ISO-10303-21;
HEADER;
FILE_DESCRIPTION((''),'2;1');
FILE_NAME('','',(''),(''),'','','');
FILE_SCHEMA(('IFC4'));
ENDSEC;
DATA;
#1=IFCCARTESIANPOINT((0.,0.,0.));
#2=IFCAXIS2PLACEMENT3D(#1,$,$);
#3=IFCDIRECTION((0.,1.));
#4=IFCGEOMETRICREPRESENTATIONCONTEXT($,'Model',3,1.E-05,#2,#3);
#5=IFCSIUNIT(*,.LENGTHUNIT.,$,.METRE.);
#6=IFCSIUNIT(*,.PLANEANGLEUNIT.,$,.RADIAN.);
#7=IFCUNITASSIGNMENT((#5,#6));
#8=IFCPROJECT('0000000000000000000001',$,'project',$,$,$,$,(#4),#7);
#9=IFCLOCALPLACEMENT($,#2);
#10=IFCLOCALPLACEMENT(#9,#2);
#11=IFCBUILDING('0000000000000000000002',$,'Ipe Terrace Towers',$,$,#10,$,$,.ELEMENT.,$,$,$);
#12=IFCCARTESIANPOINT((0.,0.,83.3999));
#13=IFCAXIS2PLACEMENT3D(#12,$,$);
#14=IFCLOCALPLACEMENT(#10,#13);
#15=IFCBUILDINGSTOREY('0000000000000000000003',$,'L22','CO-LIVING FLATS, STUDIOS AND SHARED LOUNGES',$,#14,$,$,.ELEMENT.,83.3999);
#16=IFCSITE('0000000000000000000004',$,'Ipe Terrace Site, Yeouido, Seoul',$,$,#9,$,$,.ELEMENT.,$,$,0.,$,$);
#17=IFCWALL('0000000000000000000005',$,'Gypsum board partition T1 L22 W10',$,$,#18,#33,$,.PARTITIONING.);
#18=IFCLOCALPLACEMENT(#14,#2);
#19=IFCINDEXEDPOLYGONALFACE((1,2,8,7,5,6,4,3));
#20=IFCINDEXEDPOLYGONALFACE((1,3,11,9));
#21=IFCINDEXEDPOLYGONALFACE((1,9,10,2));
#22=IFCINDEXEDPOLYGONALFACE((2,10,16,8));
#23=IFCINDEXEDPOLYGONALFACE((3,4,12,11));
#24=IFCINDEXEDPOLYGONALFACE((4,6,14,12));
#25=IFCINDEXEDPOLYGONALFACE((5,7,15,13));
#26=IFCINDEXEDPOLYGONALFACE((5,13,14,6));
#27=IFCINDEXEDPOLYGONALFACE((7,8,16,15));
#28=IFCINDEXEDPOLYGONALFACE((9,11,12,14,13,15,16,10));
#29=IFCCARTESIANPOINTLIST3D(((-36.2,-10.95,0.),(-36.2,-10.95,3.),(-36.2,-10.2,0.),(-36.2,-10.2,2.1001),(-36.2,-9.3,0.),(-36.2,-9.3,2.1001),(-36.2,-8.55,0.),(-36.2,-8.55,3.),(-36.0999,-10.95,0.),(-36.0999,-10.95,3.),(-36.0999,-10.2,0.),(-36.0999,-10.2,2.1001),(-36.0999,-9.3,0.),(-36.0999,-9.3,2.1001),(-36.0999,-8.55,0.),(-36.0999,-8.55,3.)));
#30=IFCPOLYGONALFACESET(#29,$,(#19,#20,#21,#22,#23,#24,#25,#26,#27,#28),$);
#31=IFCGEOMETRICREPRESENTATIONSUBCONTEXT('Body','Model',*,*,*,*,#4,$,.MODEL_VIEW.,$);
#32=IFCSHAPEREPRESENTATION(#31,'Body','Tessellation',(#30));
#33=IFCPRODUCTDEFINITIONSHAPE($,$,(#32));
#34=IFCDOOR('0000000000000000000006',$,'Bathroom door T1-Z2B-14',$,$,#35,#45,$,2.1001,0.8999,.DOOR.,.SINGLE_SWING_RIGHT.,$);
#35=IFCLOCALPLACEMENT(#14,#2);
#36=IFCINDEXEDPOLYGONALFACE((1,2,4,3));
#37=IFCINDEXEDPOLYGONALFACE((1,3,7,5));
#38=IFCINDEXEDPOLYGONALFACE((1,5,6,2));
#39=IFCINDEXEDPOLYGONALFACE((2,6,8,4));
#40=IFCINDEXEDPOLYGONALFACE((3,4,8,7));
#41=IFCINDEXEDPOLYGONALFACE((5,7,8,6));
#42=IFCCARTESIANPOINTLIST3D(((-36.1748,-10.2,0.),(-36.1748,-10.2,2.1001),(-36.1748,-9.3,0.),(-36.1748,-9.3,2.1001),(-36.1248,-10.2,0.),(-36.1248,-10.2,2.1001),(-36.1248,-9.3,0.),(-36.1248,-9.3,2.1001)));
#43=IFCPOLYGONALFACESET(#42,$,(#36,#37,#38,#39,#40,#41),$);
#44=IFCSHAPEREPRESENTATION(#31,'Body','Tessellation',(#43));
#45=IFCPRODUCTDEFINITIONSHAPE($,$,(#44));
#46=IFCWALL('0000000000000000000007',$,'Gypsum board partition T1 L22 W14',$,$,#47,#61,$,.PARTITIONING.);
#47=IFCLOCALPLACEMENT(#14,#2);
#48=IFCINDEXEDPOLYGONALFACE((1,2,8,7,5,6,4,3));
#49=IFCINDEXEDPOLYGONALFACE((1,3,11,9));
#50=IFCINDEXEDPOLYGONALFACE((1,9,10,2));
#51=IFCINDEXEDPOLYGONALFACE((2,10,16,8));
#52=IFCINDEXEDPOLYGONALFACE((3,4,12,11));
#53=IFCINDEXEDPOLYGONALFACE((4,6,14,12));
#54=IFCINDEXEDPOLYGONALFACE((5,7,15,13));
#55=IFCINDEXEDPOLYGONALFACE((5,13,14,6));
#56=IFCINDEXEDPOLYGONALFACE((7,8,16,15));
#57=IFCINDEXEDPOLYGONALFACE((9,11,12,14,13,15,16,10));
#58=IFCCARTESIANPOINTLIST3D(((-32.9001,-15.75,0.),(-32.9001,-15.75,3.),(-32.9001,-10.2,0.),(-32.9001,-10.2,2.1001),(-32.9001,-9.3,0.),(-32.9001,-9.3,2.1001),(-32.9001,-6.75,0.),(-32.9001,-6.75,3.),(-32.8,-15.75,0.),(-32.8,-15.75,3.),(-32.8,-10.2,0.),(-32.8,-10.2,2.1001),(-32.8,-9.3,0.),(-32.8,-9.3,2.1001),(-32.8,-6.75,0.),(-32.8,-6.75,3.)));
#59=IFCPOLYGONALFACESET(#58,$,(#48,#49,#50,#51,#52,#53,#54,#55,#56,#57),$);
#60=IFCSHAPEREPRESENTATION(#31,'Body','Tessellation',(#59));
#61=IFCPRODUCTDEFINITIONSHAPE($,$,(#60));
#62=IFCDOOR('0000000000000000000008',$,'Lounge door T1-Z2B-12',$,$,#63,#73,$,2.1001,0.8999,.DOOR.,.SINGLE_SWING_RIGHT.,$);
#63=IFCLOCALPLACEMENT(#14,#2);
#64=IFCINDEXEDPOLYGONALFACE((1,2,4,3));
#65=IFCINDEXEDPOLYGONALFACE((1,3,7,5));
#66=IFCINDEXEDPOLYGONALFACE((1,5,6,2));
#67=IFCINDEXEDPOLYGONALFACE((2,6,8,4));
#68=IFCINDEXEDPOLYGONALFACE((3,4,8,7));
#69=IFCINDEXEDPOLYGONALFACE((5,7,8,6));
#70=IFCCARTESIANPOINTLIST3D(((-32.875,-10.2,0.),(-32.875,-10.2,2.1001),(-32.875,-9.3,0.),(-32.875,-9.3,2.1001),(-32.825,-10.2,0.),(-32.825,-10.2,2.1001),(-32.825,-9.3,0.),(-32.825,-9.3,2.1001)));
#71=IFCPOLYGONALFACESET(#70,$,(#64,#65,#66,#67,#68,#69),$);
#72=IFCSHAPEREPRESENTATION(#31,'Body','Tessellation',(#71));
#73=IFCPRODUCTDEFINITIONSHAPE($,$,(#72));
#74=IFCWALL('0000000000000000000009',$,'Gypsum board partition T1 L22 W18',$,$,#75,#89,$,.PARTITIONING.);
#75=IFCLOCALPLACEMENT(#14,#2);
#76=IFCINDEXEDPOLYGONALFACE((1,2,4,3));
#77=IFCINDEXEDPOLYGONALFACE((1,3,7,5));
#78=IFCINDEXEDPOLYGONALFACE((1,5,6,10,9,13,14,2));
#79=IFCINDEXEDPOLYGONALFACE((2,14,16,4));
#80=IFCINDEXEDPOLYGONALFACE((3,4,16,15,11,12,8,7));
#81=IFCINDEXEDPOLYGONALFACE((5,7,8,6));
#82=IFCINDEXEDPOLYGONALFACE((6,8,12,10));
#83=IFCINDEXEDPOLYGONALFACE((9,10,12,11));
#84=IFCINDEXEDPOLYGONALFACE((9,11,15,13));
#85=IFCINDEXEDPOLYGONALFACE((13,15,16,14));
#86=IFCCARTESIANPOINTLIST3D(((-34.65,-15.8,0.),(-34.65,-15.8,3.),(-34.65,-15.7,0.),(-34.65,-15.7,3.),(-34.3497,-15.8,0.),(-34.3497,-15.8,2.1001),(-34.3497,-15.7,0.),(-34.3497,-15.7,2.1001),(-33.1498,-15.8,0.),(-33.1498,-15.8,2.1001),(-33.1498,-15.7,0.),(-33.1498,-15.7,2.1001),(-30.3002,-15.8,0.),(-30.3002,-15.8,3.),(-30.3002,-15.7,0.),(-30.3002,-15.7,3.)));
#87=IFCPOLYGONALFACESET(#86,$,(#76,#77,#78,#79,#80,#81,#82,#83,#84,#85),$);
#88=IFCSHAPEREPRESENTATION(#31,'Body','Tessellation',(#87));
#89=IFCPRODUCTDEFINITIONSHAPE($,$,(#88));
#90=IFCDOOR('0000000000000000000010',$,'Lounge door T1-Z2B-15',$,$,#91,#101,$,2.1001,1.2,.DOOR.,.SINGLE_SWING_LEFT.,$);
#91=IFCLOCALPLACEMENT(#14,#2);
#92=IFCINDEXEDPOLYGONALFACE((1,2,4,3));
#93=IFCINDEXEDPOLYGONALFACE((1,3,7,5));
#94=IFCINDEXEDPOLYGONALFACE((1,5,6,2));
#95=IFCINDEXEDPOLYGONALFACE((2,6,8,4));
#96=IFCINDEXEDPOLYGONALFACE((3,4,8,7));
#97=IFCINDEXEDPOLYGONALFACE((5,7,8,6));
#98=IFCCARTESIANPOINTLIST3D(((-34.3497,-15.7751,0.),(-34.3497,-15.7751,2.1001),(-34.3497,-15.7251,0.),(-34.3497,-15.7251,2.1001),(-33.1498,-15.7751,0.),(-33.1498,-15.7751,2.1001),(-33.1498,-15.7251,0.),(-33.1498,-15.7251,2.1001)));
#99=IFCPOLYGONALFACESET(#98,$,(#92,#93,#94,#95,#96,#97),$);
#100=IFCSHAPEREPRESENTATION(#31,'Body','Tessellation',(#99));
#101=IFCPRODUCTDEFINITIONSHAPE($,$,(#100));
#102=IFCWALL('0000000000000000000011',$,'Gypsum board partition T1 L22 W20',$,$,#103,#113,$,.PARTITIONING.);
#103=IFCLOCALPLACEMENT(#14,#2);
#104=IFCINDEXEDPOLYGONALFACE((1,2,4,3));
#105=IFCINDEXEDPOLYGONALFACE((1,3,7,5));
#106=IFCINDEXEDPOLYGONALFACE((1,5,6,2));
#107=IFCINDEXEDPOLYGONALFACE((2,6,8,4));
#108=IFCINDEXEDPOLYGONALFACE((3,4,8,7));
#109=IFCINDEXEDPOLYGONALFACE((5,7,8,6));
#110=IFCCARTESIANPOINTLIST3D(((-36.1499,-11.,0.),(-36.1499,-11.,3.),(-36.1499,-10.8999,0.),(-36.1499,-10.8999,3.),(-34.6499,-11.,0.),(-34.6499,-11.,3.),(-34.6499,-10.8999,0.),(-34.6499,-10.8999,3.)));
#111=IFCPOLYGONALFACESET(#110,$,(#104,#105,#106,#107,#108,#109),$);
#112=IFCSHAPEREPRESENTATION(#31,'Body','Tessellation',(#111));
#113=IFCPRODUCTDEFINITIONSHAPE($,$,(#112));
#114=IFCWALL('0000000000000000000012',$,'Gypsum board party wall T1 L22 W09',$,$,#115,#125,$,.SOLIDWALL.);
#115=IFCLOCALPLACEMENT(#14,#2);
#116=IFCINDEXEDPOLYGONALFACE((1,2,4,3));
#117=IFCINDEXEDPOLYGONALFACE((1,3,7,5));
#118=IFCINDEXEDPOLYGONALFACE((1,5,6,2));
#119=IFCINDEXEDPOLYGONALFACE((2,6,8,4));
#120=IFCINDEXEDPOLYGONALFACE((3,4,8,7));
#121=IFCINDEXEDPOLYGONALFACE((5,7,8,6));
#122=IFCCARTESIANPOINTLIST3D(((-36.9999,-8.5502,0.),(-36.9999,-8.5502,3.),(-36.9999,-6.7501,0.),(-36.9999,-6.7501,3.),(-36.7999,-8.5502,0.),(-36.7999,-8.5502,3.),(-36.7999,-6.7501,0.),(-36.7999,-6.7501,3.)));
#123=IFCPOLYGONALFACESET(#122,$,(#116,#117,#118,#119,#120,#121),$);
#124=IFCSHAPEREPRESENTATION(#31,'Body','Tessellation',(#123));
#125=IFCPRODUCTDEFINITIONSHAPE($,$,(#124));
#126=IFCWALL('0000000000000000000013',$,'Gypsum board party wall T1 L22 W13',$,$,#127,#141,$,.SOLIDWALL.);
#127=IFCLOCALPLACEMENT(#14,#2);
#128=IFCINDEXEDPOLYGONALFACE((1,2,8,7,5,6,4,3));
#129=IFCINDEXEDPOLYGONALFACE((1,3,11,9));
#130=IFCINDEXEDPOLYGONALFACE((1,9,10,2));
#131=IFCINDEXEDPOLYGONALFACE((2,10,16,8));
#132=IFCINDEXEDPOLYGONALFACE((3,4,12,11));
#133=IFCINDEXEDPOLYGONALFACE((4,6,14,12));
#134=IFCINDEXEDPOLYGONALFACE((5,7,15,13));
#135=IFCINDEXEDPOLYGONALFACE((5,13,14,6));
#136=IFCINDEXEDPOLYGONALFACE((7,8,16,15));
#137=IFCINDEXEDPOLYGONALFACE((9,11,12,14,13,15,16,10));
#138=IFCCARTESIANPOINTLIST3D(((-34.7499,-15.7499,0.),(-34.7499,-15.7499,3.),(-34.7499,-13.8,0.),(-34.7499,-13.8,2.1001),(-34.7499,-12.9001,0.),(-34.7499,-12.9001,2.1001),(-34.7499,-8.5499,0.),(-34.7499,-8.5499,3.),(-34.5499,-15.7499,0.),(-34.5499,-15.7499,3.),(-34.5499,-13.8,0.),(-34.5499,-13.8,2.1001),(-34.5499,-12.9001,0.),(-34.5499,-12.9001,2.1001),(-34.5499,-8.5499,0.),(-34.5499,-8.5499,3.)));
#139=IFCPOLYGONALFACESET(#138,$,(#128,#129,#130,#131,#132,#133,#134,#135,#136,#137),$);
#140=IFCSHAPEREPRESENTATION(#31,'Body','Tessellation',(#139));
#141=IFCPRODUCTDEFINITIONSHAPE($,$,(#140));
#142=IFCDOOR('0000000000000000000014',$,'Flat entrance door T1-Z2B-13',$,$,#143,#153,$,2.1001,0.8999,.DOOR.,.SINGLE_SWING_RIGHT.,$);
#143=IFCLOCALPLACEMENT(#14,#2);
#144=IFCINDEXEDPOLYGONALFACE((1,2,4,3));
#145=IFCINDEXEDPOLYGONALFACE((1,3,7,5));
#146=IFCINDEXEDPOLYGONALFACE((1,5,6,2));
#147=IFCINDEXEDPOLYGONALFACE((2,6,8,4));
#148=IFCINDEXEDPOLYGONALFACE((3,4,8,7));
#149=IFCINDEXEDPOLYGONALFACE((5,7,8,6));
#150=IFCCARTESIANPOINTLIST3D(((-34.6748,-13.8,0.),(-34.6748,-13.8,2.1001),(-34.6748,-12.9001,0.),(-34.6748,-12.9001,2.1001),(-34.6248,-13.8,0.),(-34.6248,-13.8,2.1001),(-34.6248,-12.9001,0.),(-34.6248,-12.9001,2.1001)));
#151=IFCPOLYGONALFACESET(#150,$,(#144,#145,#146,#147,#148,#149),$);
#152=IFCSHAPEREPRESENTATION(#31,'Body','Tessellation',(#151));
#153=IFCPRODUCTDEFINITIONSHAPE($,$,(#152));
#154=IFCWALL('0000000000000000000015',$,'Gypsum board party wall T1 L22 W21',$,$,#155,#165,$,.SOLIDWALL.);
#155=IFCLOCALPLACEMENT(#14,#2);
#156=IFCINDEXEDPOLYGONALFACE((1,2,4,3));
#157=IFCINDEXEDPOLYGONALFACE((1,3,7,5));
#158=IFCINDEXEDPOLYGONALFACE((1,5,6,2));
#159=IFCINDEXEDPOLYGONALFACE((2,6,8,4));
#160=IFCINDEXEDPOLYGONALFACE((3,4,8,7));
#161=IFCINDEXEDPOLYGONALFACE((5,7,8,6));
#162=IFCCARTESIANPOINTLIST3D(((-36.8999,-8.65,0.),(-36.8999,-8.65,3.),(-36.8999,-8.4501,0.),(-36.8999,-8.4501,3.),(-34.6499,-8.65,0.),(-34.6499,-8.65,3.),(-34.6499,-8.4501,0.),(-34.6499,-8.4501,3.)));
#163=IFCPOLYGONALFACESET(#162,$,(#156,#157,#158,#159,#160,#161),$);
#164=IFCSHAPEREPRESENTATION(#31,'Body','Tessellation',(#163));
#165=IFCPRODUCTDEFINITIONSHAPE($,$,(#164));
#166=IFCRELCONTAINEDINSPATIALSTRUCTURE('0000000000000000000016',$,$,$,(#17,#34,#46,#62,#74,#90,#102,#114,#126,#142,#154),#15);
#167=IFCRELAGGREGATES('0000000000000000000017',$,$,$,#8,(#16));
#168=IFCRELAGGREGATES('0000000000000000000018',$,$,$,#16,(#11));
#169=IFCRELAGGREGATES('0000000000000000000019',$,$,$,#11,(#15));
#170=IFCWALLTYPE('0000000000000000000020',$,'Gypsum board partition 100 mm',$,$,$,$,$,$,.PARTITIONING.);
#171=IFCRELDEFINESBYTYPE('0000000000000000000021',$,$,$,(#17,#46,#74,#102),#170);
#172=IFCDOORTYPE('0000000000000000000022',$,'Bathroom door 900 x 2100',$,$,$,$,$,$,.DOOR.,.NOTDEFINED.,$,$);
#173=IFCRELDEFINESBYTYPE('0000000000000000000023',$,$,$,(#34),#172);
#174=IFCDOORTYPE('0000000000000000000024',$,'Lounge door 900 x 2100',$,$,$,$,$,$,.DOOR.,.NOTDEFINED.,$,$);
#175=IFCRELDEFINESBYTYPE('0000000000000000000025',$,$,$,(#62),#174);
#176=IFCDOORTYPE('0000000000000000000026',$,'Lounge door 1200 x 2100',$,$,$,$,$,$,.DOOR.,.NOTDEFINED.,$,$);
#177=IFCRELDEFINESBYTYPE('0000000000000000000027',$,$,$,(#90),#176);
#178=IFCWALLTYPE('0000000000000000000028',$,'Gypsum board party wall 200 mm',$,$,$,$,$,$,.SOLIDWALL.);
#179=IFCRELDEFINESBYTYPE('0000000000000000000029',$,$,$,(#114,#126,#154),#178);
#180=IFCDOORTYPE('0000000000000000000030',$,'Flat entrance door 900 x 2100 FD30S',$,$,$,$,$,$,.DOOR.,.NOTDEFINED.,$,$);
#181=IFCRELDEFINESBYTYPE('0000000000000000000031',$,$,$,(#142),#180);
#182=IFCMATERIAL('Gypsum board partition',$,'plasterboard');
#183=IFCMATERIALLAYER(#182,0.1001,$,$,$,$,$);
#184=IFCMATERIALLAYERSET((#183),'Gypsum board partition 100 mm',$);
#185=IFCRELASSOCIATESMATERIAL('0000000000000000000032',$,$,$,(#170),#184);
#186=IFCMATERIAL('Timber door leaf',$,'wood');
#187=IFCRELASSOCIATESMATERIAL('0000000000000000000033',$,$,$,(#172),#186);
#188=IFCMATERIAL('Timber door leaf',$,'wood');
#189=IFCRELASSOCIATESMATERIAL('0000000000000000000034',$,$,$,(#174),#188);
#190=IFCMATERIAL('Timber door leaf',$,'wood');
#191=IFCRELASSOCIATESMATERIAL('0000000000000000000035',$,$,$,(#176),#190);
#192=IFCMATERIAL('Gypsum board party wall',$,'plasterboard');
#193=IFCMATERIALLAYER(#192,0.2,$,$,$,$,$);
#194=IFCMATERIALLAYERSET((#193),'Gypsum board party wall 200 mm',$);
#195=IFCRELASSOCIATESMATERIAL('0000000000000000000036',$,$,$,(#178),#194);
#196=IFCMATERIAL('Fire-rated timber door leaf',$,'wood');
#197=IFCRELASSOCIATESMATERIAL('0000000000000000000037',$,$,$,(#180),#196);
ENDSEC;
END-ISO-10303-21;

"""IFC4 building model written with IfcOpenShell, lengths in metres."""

from ifc_helpers import new_model, si_unit, direction, frame, frame_2d, origin, place, context, subcontext, project, spatial, rectangle, extrude, material, layer, layer_set, type_object, element, fill, save


model = new_model("IFC4")

# Units and contexts
model_context = context("Model", 3, precision=1e-05, world=origin(), true_north=direction((0.0, 1.0)))
body_context = subcontext(model_context, "Body", "Model", "MODEL_VIEW")
ifc_project = project(units=[si_unit("LENGTHUNIT", "METRE"), si_unit("PLANEANGLEUNIT", "RADIAN")], contexts=[model_context])

# Site, building, storey
site_placement = place(None, origin())
site = spatial("IfcSite", under=ifc_project, at=site_placement, Name="Ipe Terrace Site, Yeouido, Seoul", CompositionType="ELEMENT", RefElevation=0.0)
building_placement = place(site_placement, origin())
building = spatial("IfcBuilding", under=site, at=building_placement, Name="Ipe Terrace Towers", CompositionType="ELEMENT")
storey_placement = place(building_placement, frame((0.0, 0.0, 83.3999)))
storey = spatial("IfcBuildingStorey", under=building, at=storey_placement, Name="L22", Description="CO-LIVING FLATS, STUDIOS AND SHARED LOUNGES", CompositionType="ELEMENT", Elevation=83.3999)

# Walls, openings, doors
ifc_material_1 = material(Name="Gypsum board partition", Category="plasterboard")
ifc_layer_1 = layer(ifc_material_1, 0.1001)
ifc_layer_set_1 = layer_set([ifc_layer_1], Name="Gypsum board partition 100 mm")
wall_type_1 = type_object("IfcWallType", Name="Gypsum board partition 100 mm", PredefinedType="PARTITIONING", material=ifc_layer_set_1)
wall_1_placement = place(storey_placement, frame((-36.1499, -10.95, 0.0), z_axis=(0.0, 0.0, 1.0), x_axis=(0.0, 1.0, 0.0)))
wall_1 = element("IfcWall", 1, at=wall_1_placement, inside=storey, type_object=wall_type_1, Name="Gypsum board partition T1 L22 W10", PredefinedType="PARTITIONING", context=body_context, shape_type="SweptSolid", body=[
    extrude(rectangle(XDim=2.3999, YDim=0.1001, at=frame_2d((1.2, 0.0))), origin(), (0.0, 0.0, 1.0), 3.0),
])
opening_1_placement = place(wall_1_placement, frame((0.75, 0.0, 0.0)))
opening_1 = element("IfcOpeningElement", 2, at=opening_1_placement, cuts=wall_1, PredefinedType="OPENING", context=body_context, shape_type="SweptSolid", body=[
    extrude(rectangle(XDim=0.8999, YDim=2.1001, at=frame_2d((0.45, 1.05))), frame((0.0, 0.0601, 0.0), z_axis=(0.0, -1.0, 0.0), x_axis=(1.0, 0.0, 0.0)), (0.0, 0.0, 1.0), 0.1201),
])
ifc_material_2 = material(Name="Timber door leaf", Category="wood")
door_type_1 = type_object("IfcDoorType", Name="Bathroom door 900 x 2100", OperationType="NOTDEFINED", PredefinedType="DOOR", material=ifc_material_2)
door_1_placement = place(opening_1_placement, origin())
door_1 = element("IfcDoor", 3, at=door_1_placement, inside=storey, type_object=door_type_1, Name="Bathroom door T1-Z2B-14", OperationType="SINGLE_SWING_RIGHT", OverallHeight=2.1001, OverallWidth=0.8999, PredefinedType="DOOR", context=body_context, shape_type="SweptSolid", body=[
    extrude(rectangle(XDim=0.8999, YDim=2.1001, at=frame_2d((0.45, 1.05))), frame((0.0, 0.0249, 0.0), z_axis=(0.0, -1.0, 0.0), x_axis=(1.0, 0.0, 0.0)), (0.0, 0.0, 1.0), 0.05),
])
fill(opening_1, door_1)
wall_2_placement = place(storey_placement, frame((-32.8501, -15.75, 0.0), z_axis=(0.0, 0.0, 1.0), x_axis=(0.0, 1.0, 0.0)))
wall_2 = element("IfcWall", 4, at=wall_2_placement, inside=storey, type_object=wall_type_1, Name="Gypsum board partition T1 L22 W14", PredefinedType="PARTITIONING", context=body_context, shape_type="SweptSolid", body=[
    extrude(rectangle(XDim=9.0, YDim=0.1001, at=frame_2d((4.5, 0.0))), origin(), (0.0, 0.0, 1.0), 3.0),
])
opening_2_placement = place(wall_2_placement, frame((5.55, 0.0, 0.0)))
opening_2 = element("IfcOpeningElement", 5, at=opening_2_placement, cuts=wall_2, PredefinedType="OPENING", context=body_context, shape_type="SweptSolid", body=[
    extrude(rectangle(XDim=0.8999, YDim=2.1001, at=frame_2d((0.45, 1.05))), frame((0.0, 0.0601, 0.0), z_axis=(0.0, -1.0, 0.0), x_axis=(1.0, 0.0, 0.0)), (0.0, 0.0, 1.0), 0.1201),
])
ifc_material_3 = material(Name="Timber door leaf", Category="wood")
door_type_2 = type_object("IfcDoorType", Name="Lounge door 900 x 2100", OperationType="NOTDEFINED", PredefinedType="DOOR", material=ifc_material_3)
door_2_placement = place(opening_2_placement, origin())
door_2 = element("IfcDoor", 6, at=door_2_placement, inside=storey, type_object=door_type_2, Name="Lounge door T1-Z2B-12", OperationType="SINGLE_SWING_RIGHT", OverallHeight=2.1001, OverallWidth=0.8999, PredefinedType="DOOR", context=body_context, shape_type="SweptSolid", body=[
    extrude(rectangle(XDim=0.8999, YDim=2.1001, at=frame_2d((0.45, 1.05))), frame((0.0, 0.0249, 0.0), z_axis=(0.0, -1.0, 0.0), x_axis=(1.0, 0.0, 0.0)), (0.0, 0.0, 1.0), 0.05),
])
fill(opening_2, door_2)
wall_3_placement = place(storey_placement, frame((-34.6499, -15.75, 0.0), z_axis=(0.0, 0.0, 1.0), x_axis=(1.0, 0.0, 0.0)))
wall_3 = element("IfcWall", 7, at=wall_3_placement, inside=storey, type_object=wall_type_1, Name="Gypsum board partition T1 L22 W18", PredefinedType="PARTITIONING", context=body_context, shape_type="SweptSolid", body=[
    extrude(rectangle(XDim=4.3499, YDim=0.1001, at=frame_2d((2.1748, 0.0))), origin(), (0.0, 0.0, 1.0), 3.0),
])
opening_3_placement = place(wall_3_placement, frame((0.3, 0.0, 0.0)))
opening_3 = element("IfcOpeningElement", 8, at=opening_3_placement, cuts=wall_3, PredefinedType="OPENING", context=body_context, shape_type="SweptSolid", body=[
    extrude(rectangle(XDim=1.2, YDim=2.1001, at=frame_2d((0.6001, 1.05))), frame((0.0, 0.0601, 0.0), z_axis=(0.0, -1.0, 0.0), x_axis=(1.0, 0.0, 0.0)), (0.0, 0.0, 1.0), 0.1201),
])
ifc_material_4 = material(Name="Timber door leaf", Category="wood")
door_type_3 = type_object("IfcDoorType", Name="Lounge door 1200 x 2100", OperationType="NOTDEFINED", PredefinedType="DOOR", material=ifc_material_4)
door_3_placement = place(opening_3_placement, origin())
door_3 = element("IfcDoor", 9, at=door_3_placement, inside=storey, type_object=door_type_3, Name="Lounge door T1-Z2B-15", OperationType="SINGLE_SWING_LEFT", OverallHeight=2.1001, OverallWidth=1.2, PredefinedType="DOOR", context=body_context, shape_type="SweptSolid", body=[
    extrude(rectangle(XDim=1.2, YDim=2.1001, at=frame_2d((0.6001, 1.05))), frame((0.0, 0.0249, 0.0), z_axis=(0.0, -1.0, 0.0), x_axis=(1.0, 0.0, 0.0)), (0.0, 0.0, 1.0), 0.05),
])
fill(opening_3, door_3)

# Walls
wall_4_placement = place(storey_placement, frame((-36.1499, -10.95, 0.0), z_axis=(0.0, 0.0, 1.0), x_axis=(1.0, 0.0, 0.0)))
element("IfcWall", 10, at=wall_4_placement, inside=storey, type_object=wall_type_1, Name="Gypsum board partition T1 L22 W20", PredefinedType="PARTITIONING", context=body_context, shape_type="SweptSolid", body=[
    extrude(rectangle(XDim=1.5, YDim=0.1001, at=frame_2d((0.75, 0.0))), origin(), (0.0, 0.0, 1.0), 3.0),
])
ifc_material_5 = material(Name="Gypsum board party wall", Category="plasterboard")
ifc_layer_2 = layer(ifc_material_5, 0.2)
ifc_layer_set_2 = layer_set([ifc_layer_2], Name="Gypsum board party wall 200 mm")
wall_type_2 = type_object("IfcWallType", Name="Gypsum board party wall 200 mm", PredefinedType="SOLIDWALL", material=ifc_layer_set_2)
wall_5_placement = place(storey_placement, frame((-36.8999, -8.55, 0.0), z_axis=(0.0, 0.0, 1.0), x_axis=(0.0, 1.0, 0.0)))
element("IfcWall", 11, at=wall_5_placement, inside=storey, type_object=wall_type_2, Name="Gypsum board party wall T1 L22 W09", PredefinedType="SOLIDWALL", context=body_context, shape_type="SweptSolid", body=[
    extrude(rectangle(XDim=1.8, YDim=0.2, at=frame_2d((0.8999, 0.0))), origin(), (0.0, 0.0, 1.0), 3.0),
])

# Wall, opening, door
wall_6_placement = place(storey_placement, frame((-34.6499, -15.75, 0.0), z_axis=(0.0, 0.0, 1.0), x_axis=(0.0, 1.0, 0.0)))
wall_6 = element("IfcWall", 12, at=wall_6_placement, inside=storey, type_object=wall_type_2, Name="Gypsum board party wall T1 L22 W13", PredefinedType="SOLIDWALL", context=body_context, shape_type="SweptSolid", body=[
    extrude(rectangle(XDim=7.2, YDim=0.2, at=frame_2d((3.6001, 0.0))), origin(), (0.0, 0.0, 1.0), 3.0),
])
opening_4_placement = place(wall_6_placement, frame((1.95, 0.0, 0.0)))
opening_4 = element("IfcOpeningElement", 13, at=opening_4_placement, cuts=wall_6, PredefinedType="OPENING", context=body_context, shape_type="SweptSolid", body=[
    extrude(rectangle(XDim=0.8999, YDim=2.1001, at=frame_2d((0.45, 1.05))), frame((0.0, 0.1099, 0.0), z_axis=(0.0, -1.0, 0.0), x_axis=(1.0, 0.0, 0.0)), (0.0, 0.0, 1.0), 0.22),
])
ifc_material_6 = material(Name="Fire-rated timber door leaf", Category="wood")
door_type_4 = type_object("IfcDoorType", Name="Flat entrance door 900 x 2100 FD30S", OperationType="NOTDEFINED", PredefinedType="DOOR", material=ifc_material_6)
door_4_placement = place(opening_4_placement, origin())
door_4 = element("IfcDoor", 14, at=door_4_placement, inside=storey, type_object=door_type_4, Name="Flat entrance door T1-Z2B-13", OperationType="SINGLE_SWING_RIGHT", OverallHeight=2.1001, OverallWidth=0.8999, PredefinedType="DOOR", context=body_context, shape_type="SweptSolid", body=[
    extrude(rectangle(XDim=0.8999, YDim=2.1001, at=frame_2d((0.45, 1.05))), frame((0.0, 0.0249, 0.0), z_axis=(0.0, -1.0, 0.0), x_axis=(1.0, 0.0, 0.0)), (0.0, 0.0, 1.0), 0.05),
])
fill(opening_4, door_4)

# Wall
wall_7_placement = place(storey_placement, frame((-36.8999, -8.55, 0.0), z_axis=(0.0, 0.0, 1.0), x_axis=(1.0, 0.0, 0.0)))
element("IfcWall", 15, at=wall_7_placement, inside=storey, type_object=wall_type_2, Name="Gypsum board party wall T1 L22 W21", PredefinedType="SOLIDWALL", context=body_context, shape_type="SweptSolid", body=[
    extrude(rectangle(XDim=2.25, YDim=0.2, at=frame_2d((1.125, 0.0))), origin(), (0.0, 0.0, 1.0), 3.0),
])

save(model, "model.ifc")
